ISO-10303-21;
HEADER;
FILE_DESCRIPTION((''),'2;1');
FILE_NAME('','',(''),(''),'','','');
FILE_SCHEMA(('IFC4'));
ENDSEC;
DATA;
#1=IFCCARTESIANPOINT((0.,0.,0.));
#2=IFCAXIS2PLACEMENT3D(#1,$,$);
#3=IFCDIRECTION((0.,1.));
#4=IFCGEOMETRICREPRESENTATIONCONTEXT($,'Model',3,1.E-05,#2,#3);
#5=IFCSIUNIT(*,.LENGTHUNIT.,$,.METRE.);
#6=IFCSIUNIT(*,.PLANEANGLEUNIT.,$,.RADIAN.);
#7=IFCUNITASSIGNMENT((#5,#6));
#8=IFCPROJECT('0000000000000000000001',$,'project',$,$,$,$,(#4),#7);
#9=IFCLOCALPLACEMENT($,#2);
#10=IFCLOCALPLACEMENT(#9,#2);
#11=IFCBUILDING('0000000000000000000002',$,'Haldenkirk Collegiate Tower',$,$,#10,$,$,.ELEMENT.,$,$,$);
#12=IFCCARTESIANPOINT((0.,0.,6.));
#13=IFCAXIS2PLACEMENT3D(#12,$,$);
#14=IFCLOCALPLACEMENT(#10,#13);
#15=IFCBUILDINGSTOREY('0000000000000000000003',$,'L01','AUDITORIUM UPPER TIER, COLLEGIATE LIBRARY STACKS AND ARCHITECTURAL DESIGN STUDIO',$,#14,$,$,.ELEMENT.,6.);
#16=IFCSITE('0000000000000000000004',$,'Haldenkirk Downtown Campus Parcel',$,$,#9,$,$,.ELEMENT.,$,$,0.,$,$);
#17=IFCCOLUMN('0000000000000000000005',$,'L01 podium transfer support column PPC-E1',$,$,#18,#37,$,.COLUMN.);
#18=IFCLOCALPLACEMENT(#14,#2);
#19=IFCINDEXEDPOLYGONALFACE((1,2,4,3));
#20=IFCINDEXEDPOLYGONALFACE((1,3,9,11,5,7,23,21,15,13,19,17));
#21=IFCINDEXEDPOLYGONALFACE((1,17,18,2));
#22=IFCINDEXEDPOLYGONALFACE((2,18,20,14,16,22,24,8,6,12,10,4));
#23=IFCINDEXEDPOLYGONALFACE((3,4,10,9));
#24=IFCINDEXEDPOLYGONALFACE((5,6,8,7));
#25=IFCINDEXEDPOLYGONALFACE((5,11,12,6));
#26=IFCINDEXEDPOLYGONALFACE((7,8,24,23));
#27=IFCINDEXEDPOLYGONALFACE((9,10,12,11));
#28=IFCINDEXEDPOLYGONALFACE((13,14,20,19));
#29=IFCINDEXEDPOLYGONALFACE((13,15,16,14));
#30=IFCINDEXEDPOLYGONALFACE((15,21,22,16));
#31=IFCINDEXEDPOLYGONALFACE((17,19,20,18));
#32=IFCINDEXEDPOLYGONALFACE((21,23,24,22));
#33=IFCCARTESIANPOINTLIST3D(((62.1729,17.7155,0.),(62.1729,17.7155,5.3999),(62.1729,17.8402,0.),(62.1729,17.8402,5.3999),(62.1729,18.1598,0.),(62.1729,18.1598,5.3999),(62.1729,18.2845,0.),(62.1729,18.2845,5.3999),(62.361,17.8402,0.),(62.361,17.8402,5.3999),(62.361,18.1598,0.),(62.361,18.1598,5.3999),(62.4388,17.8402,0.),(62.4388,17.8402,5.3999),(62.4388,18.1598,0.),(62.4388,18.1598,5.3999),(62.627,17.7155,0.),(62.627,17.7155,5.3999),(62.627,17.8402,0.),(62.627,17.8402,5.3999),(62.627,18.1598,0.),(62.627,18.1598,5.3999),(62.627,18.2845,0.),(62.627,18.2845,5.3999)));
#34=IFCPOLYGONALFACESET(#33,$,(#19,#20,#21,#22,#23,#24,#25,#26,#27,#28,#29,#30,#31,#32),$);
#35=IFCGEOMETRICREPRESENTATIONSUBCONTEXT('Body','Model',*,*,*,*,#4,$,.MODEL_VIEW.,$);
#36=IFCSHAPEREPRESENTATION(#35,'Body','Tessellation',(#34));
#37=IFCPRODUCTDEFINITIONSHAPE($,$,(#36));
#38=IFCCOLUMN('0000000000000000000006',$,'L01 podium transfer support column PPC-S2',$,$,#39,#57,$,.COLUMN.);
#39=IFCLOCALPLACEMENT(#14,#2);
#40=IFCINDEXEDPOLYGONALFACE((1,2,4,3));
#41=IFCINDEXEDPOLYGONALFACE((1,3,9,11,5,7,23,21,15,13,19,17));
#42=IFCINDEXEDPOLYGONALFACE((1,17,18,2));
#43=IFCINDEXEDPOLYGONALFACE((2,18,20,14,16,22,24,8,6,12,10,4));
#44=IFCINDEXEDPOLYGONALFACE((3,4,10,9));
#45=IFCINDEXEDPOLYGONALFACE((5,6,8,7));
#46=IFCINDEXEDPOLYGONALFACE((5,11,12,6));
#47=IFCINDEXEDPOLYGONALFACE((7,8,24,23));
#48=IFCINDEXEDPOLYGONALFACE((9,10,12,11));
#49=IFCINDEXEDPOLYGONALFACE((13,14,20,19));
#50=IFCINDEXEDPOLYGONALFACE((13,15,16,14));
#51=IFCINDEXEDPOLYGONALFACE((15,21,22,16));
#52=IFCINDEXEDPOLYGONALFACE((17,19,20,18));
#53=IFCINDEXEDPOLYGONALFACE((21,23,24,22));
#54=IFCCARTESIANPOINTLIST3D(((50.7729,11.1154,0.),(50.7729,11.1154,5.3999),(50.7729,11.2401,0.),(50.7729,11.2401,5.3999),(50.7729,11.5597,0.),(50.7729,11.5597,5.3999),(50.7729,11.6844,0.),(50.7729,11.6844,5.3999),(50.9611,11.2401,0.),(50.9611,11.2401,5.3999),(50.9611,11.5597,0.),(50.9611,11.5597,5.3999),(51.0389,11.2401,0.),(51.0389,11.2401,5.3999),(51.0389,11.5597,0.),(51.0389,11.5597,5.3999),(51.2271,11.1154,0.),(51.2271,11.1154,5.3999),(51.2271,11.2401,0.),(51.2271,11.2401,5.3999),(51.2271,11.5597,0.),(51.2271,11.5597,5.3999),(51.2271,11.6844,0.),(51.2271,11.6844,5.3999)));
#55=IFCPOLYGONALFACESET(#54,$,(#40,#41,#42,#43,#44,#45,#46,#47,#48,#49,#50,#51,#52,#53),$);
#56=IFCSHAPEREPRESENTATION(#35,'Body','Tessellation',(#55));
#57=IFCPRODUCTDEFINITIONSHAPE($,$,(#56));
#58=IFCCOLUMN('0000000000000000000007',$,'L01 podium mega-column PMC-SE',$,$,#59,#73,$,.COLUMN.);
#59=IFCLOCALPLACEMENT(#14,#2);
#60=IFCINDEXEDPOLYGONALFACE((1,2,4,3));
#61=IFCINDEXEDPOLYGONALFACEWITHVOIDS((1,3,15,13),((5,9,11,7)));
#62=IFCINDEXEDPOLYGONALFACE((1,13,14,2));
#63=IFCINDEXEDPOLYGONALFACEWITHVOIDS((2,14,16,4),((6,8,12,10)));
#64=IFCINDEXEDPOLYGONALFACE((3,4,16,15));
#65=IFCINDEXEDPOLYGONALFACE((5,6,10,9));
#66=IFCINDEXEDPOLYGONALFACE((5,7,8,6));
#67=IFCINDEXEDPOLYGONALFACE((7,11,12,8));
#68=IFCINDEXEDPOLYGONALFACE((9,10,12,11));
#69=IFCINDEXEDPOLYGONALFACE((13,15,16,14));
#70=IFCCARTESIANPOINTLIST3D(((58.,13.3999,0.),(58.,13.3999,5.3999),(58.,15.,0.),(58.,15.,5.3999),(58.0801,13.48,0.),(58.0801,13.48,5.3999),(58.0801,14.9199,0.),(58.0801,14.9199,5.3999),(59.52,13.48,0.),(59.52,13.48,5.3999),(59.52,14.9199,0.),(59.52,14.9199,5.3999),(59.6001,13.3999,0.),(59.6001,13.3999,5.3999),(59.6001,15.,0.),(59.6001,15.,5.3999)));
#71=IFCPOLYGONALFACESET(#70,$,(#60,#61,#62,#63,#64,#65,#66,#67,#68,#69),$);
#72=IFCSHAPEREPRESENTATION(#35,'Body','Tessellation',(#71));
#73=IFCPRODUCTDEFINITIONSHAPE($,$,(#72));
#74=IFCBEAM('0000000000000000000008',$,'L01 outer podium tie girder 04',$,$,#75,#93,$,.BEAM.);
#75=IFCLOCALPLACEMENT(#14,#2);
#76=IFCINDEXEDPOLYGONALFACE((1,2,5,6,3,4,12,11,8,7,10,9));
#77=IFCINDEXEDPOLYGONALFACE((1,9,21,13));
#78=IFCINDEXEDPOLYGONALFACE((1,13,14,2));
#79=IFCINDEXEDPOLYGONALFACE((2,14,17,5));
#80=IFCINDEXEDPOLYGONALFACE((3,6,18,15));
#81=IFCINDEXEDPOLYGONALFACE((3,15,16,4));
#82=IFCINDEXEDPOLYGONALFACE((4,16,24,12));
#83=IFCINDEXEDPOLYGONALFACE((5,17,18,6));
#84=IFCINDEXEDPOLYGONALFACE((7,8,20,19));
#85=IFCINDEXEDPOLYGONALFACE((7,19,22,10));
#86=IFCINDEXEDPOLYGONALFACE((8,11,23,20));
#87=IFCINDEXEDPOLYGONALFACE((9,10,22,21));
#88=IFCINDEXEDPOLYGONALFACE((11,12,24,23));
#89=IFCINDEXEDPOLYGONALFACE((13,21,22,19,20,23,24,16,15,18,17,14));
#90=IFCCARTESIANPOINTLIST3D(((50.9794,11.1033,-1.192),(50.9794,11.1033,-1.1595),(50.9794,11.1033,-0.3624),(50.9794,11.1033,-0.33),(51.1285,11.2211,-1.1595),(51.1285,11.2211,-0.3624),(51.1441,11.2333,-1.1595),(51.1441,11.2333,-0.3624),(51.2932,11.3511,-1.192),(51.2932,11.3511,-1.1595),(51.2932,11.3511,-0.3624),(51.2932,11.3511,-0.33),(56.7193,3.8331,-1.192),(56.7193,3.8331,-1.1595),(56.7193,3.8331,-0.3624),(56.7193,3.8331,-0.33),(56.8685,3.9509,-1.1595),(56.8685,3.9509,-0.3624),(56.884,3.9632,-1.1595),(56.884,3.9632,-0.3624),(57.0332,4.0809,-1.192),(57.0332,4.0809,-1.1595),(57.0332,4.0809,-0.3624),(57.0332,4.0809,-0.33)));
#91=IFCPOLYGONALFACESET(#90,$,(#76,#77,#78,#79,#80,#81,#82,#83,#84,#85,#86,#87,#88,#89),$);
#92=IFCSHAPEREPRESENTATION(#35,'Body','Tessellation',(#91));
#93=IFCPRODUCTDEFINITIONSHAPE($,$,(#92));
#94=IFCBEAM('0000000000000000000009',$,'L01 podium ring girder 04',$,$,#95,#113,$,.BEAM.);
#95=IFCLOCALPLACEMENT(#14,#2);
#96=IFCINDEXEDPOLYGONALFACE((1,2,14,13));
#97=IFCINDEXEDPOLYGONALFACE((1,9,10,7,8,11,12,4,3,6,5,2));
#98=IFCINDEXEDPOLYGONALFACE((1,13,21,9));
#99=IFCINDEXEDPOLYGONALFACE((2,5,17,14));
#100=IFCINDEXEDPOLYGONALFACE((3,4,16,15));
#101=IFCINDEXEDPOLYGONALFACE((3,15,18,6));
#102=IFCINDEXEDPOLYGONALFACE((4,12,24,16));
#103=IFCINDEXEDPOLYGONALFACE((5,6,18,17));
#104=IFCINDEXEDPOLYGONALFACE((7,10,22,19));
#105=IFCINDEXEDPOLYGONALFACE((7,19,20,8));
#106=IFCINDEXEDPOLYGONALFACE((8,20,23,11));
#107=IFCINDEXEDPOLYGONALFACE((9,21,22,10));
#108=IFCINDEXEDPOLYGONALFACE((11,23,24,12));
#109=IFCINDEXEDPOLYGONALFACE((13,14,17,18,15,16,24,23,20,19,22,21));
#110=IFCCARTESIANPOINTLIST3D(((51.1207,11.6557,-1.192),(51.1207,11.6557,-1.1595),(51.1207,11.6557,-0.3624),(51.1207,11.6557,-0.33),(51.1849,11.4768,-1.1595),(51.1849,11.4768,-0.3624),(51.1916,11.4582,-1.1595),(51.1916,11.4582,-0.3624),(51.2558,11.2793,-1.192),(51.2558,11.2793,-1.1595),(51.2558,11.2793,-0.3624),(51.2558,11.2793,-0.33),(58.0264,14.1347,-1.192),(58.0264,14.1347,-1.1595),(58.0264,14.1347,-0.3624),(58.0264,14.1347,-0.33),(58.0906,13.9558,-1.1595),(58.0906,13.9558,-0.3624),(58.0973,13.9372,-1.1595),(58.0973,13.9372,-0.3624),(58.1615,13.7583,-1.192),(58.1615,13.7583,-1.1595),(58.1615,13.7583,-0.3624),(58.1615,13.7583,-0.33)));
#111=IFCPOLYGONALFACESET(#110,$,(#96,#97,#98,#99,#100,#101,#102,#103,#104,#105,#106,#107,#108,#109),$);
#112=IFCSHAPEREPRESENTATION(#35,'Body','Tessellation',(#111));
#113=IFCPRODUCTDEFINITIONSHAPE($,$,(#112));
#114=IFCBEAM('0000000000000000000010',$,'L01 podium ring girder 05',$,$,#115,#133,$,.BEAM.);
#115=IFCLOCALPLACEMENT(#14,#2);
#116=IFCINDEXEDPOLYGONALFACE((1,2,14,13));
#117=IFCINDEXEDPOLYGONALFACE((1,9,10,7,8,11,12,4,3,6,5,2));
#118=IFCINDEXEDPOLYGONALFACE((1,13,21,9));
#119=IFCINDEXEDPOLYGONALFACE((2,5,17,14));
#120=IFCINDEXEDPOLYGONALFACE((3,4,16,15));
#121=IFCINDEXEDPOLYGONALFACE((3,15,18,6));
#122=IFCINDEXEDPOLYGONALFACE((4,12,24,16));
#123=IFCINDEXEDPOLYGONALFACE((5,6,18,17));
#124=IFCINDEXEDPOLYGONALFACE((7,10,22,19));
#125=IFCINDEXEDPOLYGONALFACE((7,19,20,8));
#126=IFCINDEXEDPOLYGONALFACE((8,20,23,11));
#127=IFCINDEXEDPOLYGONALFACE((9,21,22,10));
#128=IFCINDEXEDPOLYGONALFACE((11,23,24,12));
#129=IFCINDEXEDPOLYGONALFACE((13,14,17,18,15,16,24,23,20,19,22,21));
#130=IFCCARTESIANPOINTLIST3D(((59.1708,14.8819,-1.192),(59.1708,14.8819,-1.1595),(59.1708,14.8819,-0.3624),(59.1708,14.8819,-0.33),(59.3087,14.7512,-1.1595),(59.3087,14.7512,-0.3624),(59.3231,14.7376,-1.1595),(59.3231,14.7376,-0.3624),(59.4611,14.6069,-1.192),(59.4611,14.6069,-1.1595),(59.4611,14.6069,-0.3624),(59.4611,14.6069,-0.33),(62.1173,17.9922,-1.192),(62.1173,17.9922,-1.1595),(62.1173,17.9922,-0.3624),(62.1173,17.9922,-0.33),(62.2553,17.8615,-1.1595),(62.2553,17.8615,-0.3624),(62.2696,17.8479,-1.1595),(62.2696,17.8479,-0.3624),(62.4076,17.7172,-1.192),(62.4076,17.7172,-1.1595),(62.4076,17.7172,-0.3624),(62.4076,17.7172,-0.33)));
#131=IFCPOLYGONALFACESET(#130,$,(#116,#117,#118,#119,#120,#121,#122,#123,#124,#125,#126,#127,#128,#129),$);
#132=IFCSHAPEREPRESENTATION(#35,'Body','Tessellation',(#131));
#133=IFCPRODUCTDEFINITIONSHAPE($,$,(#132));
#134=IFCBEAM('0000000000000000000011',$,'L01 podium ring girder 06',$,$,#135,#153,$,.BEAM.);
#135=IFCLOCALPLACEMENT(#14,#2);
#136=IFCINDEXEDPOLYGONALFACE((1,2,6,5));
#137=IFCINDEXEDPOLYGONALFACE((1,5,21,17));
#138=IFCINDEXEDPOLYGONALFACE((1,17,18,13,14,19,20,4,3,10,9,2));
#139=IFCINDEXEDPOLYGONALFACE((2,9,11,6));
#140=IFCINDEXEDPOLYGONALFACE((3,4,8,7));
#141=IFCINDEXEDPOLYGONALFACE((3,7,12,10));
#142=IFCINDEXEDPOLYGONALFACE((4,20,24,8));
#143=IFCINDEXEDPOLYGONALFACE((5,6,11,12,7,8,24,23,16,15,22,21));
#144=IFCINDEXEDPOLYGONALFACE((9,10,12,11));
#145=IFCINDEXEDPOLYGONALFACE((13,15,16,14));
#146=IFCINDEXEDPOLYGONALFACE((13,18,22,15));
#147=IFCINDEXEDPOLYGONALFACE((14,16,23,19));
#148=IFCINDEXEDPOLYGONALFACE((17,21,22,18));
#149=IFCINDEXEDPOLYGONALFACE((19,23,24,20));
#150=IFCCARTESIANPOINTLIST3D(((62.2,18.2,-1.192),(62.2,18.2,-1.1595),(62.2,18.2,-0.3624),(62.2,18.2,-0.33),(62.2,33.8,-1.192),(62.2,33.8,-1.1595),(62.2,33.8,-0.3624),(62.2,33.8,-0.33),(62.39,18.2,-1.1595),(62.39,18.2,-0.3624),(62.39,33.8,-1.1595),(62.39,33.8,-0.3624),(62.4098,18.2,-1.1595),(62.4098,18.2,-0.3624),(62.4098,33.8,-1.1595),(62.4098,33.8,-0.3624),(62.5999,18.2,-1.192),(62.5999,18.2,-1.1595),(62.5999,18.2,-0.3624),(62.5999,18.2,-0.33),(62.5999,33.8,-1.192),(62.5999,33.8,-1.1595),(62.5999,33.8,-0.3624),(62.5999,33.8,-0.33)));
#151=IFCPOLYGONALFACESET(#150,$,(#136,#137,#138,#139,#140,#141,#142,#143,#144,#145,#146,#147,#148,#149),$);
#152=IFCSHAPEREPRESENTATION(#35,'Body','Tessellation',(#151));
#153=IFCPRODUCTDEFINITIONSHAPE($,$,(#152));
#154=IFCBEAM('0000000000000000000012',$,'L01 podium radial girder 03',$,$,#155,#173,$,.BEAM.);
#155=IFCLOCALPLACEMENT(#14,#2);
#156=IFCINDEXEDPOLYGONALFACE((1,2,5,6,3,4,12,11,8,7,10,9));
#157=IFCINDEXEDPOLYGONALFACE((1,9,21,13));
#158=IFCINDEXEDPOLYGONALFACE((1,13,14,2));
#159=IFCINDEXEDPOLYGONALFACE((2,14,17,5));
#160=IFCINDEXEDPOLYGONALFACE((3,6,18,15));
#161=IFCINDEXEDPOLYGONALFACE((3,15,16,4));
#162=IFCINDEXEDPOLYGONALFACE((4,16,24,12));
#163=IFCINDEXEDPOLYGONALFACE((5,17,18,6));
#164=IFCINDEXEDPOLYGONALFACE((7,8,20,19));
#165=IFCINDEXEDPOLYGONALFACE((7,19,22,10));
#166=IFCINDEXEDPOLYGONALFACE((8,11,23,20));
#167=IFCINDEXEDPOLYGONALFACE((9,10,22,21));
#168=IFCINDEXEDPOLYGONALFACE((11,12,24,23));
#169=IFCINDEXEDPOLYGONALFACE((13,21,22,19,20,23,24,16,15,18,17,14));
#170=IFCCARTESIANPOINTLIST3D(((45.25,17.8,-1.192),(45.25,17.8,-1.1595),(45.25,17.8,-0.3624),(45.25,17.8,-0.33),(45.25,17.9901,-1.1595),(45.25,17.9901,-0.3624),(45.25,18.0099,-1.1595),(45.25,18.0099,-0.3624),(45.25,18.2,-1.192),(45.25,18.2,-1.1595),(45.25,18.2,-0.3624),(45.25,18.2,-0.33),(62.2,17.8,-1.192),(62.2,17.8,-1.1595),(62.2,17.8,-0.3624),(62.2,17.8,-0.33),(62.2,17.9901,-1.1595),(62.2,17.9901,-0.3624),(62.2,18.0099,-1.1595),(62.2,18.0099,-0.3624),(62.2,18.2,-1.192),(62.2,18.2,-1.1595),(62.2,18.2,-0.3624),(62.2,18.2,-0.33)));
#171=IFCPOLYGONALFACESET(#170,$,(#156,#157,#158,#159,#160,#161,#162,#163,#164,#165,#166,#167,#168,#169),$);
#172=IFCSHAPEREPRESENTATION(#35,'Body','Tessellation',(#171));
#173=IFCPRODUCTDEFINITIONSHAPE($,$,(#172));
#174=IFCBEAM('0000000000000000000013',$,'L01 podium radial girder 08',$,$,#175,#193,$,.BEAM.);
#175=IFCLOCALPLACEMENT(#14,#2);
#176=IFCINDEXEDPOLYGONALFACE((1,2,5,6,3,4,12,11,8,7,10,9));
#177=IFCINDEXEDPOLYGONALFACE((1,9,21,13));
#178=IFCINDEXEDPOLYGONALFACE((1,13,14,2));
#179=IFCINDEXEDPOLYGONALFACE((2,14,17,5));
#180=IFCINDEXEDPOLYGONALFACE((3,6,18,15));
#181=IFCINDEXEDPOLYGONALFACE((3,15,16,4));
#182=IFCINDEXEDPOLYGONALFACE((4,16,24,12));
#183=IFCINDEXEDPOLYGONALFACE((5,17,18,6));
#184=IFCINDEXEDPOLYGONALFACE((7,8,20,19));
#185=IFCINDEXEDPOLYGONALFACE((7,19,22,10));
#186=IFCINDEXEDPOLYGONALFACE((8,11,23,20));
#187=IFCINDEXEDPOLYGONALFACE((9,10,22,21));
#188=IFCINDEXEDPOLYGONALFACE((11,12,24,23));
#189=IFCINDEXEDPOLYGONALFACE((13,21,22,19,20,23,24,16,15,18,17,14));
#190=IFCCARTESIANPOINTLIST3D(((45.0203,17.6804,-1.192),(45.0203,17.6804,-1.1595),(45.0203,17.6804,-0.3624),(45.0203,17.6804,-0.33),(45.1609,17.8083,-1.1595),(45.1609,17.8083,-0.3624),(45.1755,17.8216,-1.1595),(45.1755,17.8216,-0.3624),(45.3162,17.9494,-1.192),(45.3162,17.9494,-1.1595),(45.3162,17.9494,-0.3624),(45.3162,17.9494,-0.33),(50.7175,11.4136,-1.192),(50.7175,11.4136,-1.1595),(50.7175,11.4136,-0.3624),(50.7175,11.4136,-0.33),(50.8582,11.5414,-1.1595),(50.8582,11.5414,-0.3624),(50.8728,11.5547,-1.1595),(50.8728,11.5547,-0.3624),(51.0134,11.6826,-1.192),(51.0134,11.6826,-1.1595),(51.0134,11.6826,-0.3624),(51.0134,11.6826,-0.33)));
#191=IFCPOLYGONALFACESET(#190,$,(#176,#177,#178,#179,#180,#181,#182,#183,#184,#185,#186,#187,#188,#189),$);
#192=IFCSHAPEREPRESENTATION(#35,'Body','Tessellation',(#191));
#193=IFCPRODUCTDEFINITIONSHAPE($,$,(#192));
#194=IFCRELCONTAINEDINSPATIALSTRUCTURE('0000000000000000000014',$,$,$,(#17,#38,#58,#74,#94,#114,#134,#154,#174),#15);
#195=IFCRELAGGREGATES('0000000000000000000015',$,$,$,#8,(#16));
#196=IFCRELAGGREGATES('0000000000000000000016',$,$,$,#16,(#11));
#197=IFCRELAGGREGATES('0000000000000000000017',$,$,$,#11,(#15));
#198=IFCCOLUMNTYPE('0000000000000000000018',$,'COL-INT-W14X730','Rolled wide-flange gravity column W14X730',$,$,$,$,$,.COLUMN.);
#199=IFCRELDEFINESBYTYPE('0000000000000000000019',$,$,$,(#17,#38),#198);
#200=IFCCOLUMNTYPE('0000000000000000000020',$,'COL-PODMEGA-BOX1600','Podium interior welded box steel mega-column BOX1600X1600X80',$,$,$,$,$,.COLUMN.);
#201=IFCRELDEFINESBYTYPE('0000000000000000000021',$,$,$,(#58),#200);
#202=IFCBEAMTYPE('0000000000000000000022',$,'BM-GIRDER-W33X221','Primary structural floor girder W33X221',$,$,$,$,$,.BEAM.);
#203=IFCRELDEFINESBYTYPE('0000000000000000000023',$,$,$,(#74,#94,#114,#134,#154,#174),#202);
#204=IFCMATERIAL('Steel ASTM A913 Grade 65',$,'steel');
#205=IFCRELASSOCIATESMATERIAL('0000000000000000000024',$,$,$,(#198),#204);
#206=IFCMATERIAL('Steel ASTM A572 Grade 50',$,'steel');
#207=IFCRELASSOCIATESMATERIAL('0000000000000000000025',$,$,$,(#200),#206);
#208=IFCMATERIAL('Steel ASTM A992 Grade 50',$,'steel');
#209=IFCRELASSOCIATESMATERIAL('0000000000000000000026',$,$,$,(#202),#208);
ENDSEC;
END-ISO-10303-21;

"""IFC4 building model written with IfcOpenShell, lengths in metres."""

from ifc_helpers import new_model, si_unit, direction, frame, origin, origin_2d, place, context, subcontext, project, spatial, hollow_rectangle, i_section, extrude, material, material_profile, profile_set, type_object, element, save


model = new_model("IFC4")

# Units and contexts
model_context = context("Model", 3, precision=1e-05, world=origin(), true_north=direction((0.0, 1.0)))
body_context = subcontext(model_context, "Body", "Model", "MODEL_VIEW")
ifc_project = project(units=[si_unit("LENGTHUNIT", "METRE"), si_unit("PLANEANGLEUNIT", "RADIAN")], contexts=[model_context])

# Site, building, storey
site_placement = place(None, origin())
site = spatial("IfcSite", under=ifc_project, at=site_placement, Name="Haldenkirk Downtown Campus Parcel", CompositionType="ELEMENT", RefElevation=0.0)
building_placement = place(site_placement, origin())
building = spatial("IfcBuilding", under=site, at=building_placement, Name="Haldenkirk Collegiate Tower", CompositionType="ELEMENT")
storey_placement = place(building_placement, frame((0.0, 0.0, 6.0)))
storey = spatial("IfcBuildingStorey", under=building, at=storey_placement, Name="L01", Description="AUDITORIUM UPPER TIER, COLLEGIATE LIBRARY STACKS AND ARCHITECTURAL DESIGN STUDIO", CompositionType="ELEMENT", Elevation=6.0)

# Columns
ifc_material_1 = material(Name="Steel ASTM A913 Grade 65", Category="steel")
ifc_material_profile_1 = material_profile(ifc_material_1, i_section(OverallWidth=0.4541, OverallDepth=0.5691, WebThickness=0.0779, FlangeThickness=0.1248, at=origin_2d()), Name="W14X730")
ifc_profile_set_1 = profile_set([ifc_material_profile_1], Name="Steel ASTM A913 Grade 65")
column_type_1 = type_object("IfcColumnType", Name="COL-INT-W14X730", Description="Rolled wide-flange gravity column W14X730", PredefinedType="COLUMN", material=ifc_profile_set_1)
for number, where, z_axis, x_axis, name in (
    (1, (62.3999, 18.0, 0.0), (0.0, 0.0, 1.0), (1.0, 0.0, 0.0), "L01 podium transfer support column PPC-E1"),
    (2, (51.0, 11.3999, 0.0), (0.0, 0.0, 1.0), (1.0, 0.0, 0.0), "L01 podium transfer support column PPC-S2"),
):
    element("IfcColumn", number, at=place(storey_placement, frame(where, z_axis=z_axis, x_axis=x_axis)), inside=storey, type_object=column_type_1, Name=name, PredefinedType="COLUMN", context=body_context, shape_type="SweptSolid", body=[
        extrude(i_section(OverallWidth=0.4541, OverallDepth=0.5691, WebThickness=0.0779, FlangeThickness=0.1248, at=origin_2d()), origin(), (0.0, 0.0, 1.0), 5.3999),
    ])
ifc_material_2 = material(Name="Steel ASTM A572 Grade 50", Category="steel")
ifc_material_profile_2 = material_profile(ifc_material_2, hollow_rectangle(XDim=1.6001, YDim=1.6001, WallThickness=0.0801, at=origin_2d()), Name="BOX1600X1600X80")
ifc_profile_set_2 = profile_set([ifc_material_profile_2], Name="Steel ASTM A572 Grade 50")
column_type_2 = type_object("IfcColumnType", Name="COL-PODMEGA-BOX1600", Description="Podium interior welded box steel mega-column BOX1600X1600X80", PredefinedType="COLUMN", material=ifc_profile_set_2)
column_placement = place(storey_placement, frame((58.8, 14.2, 0.0), z_axis=(0.0, 0.0, 1.0), x_axis=(1.0, 0.0, 0.0)))
element("IfcColumn", 3, at=column_placement, inside=storey, type_object=column_type_2, Name="L01 podium mega-column PMC-SE", PredefinedType="COLUMN", context=body_context, shape_type="SweptSolid", body=[
    extrude(hollow_rectangle(XDim=1.6001, YDim=1.6001, WallThickness=0.0801, at=origin_2d()), origin(), (0.0, 0.0, 1.0), 5.3999),
])

# Beams
ifc_material_3 = material(Name="Steel ASTM A992 Grade 50", Category="steel")
ifc_material_profile_3 = material_profile(ifc_material_3, i_section(OverallWidth=0.3999, OverallDepth=0.8621, WebThickness=0.0198, FlangeThickness=0.0325, at=origin_2d()), Name="W33X221")
ifc_profile_set_3 = profile_set([ifc_material_profile_3], Name="Steel ASTM A992 Grade 50")
beam_type_1 = type_object("IfcBeamType", Name="BM-GIRDER-W33X221", Description="Primary structural floor girder W33X221", PredefinedType="BEAM", material=ifc_profile_set_3)
beam_1_placement = place(storey_placement, frame((56.8762, 3.957, -0.761), z_axis=(-0.619665, 0.784867, 0.0), x_axis=(-0.784867, -0.619665, 0.0)))
element("IfcBeam", 4, at=beam_1_placement, inside=storey, type_object=beam_type_1, Name="L01 outer podium tie girder 04", PredefinedType="BEAM", context=body_context, shape_type="SweptSolid", body=[
    extrude(i_section(OverallWidth=0.3999, OverallDepth=0.8621, WebThickness=0.0198, FlangeThickness=0.0325, at=origin_2d()), origin(), (0.0, 0.0, 1.0), 9.2629),
])
beam_2_placement = place(storey_placement, frame((51.1882, 11.4675, -0.761), z_axis=(0.941194, 0.337866, 0.0), x_axis=(-0.337866, 0.941194, 0.0)))
element("IfcBeam", 5, at=beam_2_placement, inside=storey, type_object=beam_type_1, Name="L01 podium ring girder 04", PredefinedType="BEAM", context=body_context, shape_type="SweptSolid", body=[
    extrude(i_section(OverallWidth=0.3999, OverallDepth=0.8621, WebThickness=0.0198, FlangeThickness=0.0325, at=origin_2d()), origin(), (0.0, 0.0, 1.0), 7.3372),
])
beam_3_placement = place(storey_placement, frame((59.3159, 14.7444, -0.761), z_axis=(0.68773, 0.725966, 0.0), x_axis=(-0.725966, 0.68773, 0.0)))
element("IfcBeam", 6, at=beam_3_placement, inside=storey, type_object=beam_type_1, Name="L01 podium ring girder 05", PredefinedType="BEAM", context=body_context, shape_type="SweptSolid", body=[
    extrude(i_section(OverallWidth=0.3999, OverallDepth=0.8621, WebThickness=0.0198, FlangeThickness=0.0325, at=origin_2d()), origin(), (0.0, 0.0, 1.0), 4.2844),
])
beam_4_placement = place(storey_placement, frame((62.3999, 18.2, -0.761), z_axis=(0.0, 1.0, 0.0), x_axis=(-1.0, 0.0, 0.0)))
element("IfcBeam", 7, at=beam_4_placement, inside=storey, type_object=beam_type_1, Name="L01 podium ring girder 06", PredefinedType="BEAM", context=body_context, shape_type="SweptSolid", body=[
    extrude(i_section(OverallWidth=0.3999, OverallDepth=0.8621, WebThickness=0.0198, FlangeThickness=0.0325, at=origin_2d()), origin(), (0.0, 0.0, 1.0), 15.6001),
])
beam_5_placement = place(storey_placement, frame((62.2, 18.0, -0.761), z_axis=(-1.0, 0.0, 0.0), x_axis=(0.0, -1.0, 0.0)))
element("IfcBeam", 8, at=beam_5_placement, inside=storey, type_object=beam_type_1, Name="L01 podium radial girder 03", PredefinedType="BEAM", context=body_context, shape_type="SweptSolid", body=[
    extrude(i_section(OverallWidth=0.3999, OverallDepth=0.8621, WebThickness=0.0198, FlangeThickness=0.0325, at=origin_2d()), origin(), (0.0, 0.0, 1.0), 16.95),
])
beam_6_placement = place(storey_placement, frame((50.8655, 11.5481, -0.761), z_axis=(-0.672681, 0.739932, 0.0), x_axis=(-0.739932, -0.672681, 0.0)))
element("IfcBeam", 9, at=beam_6_placement, inside=storey, type_object=beam_type_1, Name="L01 podium radial girder 08", PredefinedType="BEAM", context=body_context, shape_type="SweptSolid", body=[
    extrude(i_section(OverallWidth=0.3999, OverallDepth=0.8621, WebThickness=0.0198, FlangeThickness=0.0325, at=origin_2d()), origin(), (0.0, 0.0, 1.0), 8.4695),
])

save(model, "model.ifc")
